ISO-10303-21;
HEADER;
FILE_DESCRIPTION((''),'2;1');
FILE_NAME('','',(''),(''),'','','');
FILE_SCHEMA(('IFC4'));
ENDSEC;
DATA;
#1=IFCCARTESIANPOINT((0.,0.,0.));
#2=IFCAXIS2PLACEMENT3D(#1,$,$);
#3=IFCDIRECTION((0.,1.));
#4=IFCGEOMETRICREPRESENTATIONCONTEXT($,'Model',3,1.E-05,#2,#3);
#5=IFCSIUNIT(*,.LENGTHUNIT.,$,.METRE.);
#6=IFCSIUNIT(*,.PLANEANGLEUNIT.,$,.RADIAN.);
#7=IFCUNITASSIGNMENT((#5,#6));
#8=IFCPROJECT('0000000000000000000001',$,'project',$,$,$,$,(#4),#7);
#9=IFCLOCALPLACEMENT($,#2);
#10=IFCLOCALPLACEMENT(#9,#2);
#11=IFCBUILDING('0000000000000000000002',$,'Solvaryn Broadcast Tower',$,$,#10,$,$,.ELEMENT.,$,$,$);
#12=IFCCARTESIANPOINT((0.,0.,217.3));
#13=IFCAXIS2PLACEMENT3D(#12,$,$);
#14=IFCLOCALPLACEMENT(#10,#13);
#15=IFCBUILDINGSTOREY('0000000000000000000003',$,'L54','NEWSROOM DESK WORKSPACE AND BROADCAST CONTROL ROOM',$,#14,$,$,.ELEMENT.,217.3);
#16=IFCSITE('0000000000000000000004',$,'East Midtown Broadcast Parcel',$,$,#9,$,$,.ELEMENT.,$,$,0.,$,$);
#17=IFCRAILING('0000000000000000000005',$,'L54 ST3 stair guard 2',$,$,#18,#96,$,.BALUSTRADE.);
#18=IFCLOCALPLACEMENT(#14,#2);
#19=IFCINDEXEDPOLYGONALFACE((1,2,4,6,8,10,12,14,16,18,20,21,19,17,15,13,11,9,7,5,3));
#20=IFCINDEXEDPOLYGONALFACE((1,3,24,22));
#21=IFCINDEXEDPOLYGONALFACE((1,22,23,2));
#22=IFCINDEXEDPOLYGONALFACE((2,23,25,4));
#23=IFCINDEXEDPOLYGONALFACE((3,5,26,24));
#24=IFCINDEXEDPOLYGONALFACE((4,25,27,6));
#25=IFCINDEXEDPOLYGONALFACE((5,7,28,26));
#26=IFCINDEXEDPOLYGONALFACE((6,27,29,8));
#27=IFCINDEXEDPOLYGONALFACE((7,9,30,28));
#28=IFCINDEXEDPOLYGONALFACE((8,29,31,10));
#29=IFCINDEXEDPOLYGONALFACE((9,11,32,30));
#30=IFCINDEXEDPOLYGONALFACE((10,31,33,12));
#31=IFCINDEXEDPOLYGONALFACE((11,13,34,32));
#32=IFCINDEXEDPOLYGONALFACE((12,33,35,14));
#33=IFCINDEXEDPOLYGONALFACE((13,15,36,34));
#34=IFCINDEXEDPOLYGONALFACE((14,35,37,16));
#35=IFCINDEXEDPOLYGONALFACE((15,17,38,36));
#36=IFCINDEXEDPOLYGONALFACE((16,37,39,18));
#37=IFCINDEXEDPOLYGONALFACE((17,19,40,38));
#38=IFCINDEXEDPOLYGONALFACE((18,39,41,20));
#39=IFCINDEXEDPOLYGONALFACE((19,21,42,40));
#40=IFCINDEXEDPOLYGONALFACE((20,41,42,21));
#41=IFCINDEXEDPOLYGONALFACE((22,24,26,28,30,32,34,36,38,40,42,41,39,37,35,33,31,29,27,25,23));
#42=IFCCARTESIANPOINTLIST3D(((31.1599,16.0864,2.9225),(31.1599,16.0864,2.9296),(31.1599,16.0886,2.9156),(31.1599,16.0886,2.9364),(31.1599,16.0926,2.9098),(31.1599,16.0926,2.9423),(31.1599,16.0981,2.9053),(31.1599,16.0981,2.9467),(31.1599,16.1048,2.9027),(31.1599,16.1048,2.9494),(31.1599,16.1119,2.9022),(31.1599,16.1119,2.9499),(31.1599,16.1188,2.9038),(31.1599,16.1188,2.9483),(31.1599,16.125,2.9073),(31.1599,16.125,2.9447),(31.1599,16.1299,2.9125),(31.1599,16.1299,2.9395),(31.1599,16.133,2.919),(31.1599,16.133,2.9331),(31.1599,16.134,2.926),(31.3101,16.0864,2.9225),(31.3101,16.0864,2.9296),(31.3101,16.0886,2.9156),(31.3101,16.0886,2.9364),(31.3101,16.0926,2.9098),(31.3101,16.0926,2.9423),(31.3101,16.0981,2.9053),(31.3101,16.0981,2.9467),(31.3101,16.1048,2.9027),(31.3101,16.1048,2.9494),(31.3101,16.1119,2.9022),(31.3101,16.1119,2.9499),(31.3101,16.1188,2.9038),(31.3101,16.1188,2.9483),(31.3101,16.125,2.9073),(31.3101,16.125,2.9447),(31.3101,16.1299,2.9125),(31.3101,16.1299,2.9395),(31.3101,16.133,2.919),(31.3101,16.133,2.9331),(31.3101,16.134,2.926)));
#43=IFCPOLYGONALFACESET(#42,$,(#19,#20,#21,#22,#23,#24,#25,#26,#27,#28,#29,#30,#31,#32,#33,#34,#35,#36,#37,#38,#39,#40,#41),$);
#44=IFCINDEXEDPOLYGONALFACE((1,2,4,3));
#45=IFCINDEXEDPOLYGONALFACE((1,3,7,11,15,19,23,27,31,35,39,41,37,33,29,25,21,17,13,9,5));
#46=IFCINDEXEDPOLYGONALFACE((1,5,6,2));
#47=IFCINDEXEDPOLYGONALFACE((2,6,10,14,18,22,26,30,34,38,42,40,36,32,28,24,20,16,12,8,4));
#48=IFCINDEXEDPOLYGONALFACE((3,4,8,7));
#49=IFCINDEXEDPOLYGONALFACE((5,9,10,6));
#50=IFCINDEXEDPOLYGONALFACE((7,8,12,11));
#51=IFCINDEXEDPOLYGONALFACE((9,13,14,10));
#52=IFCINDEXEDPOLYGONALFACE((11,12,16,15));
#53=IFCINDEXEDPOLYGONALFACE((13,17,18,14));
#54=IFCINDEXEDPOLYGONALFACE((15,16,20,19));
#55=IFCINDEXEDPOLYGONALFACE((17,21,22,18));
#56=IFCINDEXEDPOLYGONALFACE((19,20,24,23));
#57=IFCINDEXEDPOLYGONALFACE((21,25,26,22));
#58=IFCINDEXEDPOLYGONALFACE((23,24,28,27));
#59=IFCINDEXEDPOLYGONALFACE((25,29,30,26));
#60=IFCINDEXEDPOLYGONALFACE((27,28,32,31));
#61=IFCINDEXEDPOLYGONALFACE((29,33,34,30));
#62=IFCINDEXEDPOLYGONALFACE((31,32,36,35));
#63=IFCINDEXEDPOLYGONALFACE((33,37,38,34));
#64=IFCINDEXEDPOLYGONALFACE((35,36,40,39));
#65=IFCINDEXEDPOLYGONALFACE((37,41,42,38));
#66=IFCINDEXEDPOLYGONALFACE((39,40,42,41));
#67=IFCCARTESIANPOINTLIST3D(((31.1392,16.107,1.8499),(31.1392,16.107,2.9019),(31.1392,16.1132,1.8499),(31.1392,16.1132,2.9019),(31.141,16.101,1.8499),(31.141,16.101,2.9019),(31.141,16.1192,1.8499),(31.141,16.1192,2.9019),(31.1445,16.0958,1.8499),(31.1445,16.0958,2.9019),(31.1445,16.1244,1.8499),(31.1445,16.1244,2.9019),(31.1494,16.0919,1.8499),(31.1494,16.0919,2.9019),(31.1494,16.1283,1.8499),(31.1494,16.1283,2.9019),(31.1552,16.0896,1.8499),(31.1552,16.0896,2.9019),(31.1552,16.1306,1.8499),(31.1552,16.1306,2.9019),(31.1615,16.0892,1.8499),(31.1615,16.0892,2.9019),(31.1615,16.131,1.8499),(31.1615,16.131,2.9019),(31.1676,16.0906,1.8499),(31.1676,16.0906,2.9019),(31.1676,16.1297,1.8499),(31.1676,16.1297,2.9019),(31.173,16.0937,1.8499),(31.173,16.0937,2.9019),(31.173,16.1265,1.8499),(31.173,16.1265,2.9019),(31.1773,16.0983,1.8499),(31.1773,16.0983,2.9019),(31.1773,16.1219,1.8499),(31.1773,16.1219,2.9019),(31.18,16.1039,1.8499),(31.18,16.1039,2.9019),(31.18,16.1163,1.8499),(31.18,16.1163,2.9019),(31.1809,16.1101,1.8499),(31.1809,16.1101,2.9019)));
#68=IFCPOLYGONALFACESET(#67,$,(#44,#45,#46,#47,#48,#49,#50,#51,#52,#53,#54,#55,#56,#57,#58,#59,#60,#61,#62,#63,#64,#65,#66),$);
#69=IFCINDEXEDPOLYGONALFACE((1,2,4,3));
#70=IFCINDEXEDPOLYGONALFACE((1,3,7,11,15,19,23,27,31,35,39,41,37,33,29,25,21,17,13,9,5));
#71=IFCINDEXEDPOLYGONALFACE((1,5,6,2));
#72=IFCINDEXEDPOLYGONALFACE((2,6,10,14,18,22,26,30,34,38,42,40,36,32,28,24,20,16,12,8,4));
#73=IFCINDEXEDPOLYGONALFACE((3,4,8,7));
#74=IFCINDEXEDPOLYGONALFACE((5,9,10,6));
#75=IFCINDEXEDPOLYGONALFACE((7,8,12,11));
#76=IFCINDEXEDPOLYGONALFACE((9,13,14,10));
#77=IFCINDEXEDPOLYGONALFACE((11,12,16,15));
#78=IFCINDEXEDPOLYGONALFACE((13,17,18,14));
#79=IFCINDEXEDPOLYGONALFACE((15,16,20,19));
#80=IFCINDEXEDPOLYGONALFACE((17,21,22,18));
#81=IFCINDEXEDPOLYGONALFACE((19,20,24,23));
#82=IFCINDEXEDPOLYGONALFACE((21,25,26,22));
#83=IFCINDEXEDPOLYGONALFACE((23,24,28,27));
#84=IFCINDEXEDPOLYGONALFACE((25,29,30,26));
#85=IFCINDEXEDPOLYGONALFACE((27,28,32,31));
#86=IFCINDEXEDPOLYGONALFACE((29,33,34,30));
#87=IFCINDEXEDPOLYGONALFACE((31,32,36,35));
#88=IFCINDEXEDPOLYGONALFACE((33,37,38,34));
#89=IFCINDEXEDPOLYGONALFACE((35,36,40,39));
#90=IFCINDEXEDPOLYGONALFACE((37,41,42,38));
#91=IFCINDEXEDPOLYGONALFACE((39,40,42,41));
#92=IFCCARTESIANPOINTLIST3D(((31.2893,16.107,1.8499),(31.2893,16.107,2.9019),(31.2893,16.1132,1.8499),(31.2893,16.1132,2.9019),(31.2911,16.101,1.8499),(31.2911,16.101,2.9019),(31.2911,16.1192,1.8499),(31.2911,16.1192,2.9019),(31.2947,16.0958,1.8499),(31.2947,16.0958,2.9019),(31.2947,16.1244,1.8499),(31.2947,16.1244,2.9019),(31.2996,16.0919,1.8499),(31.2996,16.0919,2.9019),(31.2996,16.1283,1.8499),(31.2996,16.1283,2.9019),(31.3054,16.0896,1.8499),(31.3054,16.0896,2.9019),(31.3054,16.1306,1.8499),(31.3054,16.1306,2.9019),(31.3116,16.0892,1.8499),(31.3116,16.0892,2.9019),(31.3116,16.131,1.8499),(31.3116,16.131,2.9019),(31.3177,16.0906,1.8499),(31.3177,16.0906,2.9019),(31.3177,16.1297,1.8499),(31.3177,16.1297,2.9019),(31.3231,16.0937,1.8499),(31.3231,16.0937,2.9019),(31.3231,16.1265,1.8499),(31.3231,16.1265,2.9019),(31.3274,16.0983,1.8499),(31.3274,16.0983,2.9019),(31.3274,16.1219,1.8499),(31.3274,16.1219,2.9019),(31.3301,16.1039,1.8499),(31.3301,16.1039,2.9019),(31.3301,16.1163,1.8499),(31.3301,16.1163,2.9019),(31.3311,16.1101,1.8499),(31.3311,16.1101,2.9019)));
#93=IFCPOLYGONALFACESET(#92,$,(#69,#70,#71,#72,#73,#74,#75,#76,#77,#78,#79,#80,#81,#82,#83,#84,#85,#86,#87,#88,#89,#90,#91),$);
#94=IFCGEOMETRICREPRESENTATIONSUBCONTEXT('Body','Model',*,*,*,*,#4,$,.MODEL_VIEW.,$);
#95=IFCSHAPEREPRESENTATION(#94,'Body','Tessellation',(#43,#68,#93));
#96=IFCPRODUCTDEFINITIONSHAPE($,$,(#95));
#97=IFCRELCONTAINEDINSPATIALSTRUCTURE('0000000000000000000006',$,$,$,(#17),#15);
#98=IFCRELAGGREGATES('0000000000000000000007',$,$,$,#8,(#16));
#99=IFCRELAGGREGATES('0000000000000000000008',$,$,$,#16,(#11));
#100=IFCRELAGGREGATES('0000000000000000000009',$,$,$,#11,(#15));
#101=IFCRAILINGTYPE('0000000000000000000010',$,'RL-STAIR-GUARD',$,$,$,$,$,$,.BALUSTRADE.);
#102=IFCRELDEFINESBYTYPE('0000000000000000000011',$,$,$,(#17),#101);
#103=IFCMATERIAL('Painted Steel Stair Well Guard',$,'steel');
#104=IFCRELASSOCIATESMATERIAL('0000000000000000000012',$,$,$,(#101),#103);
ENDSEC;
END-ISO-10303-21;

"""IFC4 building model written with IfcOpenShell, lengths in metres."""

from ifc_helpers import new_model, si_unit, direction, frame, origin, origin_2d, place, context, subcontext, project, spatial, circle, extrude, material, type_object, element, save


model = new_model("IFC4")

# Units and contexts
model_context = context("Model", 3, precision=1e-05, world=origin(), true_north=direction((0.0, 1.0)))
body_context = subcontext(model_context, "Body", "Model", "MODEL_VIEW")
ifc_project = project(units=[si_unit("LENGTHUNIT", "METRE"), si_unit("PLANEANGLEUNIT", "RADIAN")], contexts=[model_context])

# Site, building, storey
site_placement = place(None, origin())
site = spatial("IfcSite", under=ifc_project, at=site_placement, Name="East Midtown Broadcast Parcel", CompositionType="ELEMENT", RefElevation=0.0)
building_placement = place(site_placement, origin())
building = spatial("IfcBuilding", under=site, at=building_placement, Name="Solvaryn Broadcast Tower", CompositionType="ELEMENT")
storey_placement = place(building_placement, frame((0.0, 0.0, 217.3)))
storey = spatial("IfcBuildingStorey", under=building, at=storey_placement, Name="L54", Description="NEWSROOM DESK WORKSPACE AND BROADCAST CONTROL ROOM", CompositionType="ELEMENT", Elevation=217.3)

# Railing
ifc_material_1 = material(Name="Painted Steel Stair Well Guard", Category="steel")
railing_type_1 = type_object("IfcRailingType", Name="RL-STAIR-GUARD", PredefinedType="BALUSTRADE", material=ifc_material_1)
railing_1_placement = place(storey_placement, frame((31.1599, 16.1101, 1.8499)))
element("IfcRailing", 1, at=railing_1_placement, inside=storey, type_object=railing_type_1, Name="L54 ST3 stair guard 2", PredefinedType="BALUSTRADE", context=body_context, shape_type="SweptSolid", body=[
    extrude(circle(Radius=0.0239, at=origin_2d()), frame((0.0, 0.0, 1.0762), z_axis=(1.0, 0.0, 0.0), x_axis=(0.0, 1.0, 0.0)), (0.0, 0.0, 1.0), 0.1501),
    extrude(circle(Radius=0.021, at=origin_2d()), origin(), (0.0, 0.0, 1.0), 1.052),
    extrude(circle(Radius=0.021, at=origin_2d()), frame((0.1501, 0.0, 0.0)), (0.0, 0.0, 1.0), 1.052),
])

save(model, "model.ifc")
